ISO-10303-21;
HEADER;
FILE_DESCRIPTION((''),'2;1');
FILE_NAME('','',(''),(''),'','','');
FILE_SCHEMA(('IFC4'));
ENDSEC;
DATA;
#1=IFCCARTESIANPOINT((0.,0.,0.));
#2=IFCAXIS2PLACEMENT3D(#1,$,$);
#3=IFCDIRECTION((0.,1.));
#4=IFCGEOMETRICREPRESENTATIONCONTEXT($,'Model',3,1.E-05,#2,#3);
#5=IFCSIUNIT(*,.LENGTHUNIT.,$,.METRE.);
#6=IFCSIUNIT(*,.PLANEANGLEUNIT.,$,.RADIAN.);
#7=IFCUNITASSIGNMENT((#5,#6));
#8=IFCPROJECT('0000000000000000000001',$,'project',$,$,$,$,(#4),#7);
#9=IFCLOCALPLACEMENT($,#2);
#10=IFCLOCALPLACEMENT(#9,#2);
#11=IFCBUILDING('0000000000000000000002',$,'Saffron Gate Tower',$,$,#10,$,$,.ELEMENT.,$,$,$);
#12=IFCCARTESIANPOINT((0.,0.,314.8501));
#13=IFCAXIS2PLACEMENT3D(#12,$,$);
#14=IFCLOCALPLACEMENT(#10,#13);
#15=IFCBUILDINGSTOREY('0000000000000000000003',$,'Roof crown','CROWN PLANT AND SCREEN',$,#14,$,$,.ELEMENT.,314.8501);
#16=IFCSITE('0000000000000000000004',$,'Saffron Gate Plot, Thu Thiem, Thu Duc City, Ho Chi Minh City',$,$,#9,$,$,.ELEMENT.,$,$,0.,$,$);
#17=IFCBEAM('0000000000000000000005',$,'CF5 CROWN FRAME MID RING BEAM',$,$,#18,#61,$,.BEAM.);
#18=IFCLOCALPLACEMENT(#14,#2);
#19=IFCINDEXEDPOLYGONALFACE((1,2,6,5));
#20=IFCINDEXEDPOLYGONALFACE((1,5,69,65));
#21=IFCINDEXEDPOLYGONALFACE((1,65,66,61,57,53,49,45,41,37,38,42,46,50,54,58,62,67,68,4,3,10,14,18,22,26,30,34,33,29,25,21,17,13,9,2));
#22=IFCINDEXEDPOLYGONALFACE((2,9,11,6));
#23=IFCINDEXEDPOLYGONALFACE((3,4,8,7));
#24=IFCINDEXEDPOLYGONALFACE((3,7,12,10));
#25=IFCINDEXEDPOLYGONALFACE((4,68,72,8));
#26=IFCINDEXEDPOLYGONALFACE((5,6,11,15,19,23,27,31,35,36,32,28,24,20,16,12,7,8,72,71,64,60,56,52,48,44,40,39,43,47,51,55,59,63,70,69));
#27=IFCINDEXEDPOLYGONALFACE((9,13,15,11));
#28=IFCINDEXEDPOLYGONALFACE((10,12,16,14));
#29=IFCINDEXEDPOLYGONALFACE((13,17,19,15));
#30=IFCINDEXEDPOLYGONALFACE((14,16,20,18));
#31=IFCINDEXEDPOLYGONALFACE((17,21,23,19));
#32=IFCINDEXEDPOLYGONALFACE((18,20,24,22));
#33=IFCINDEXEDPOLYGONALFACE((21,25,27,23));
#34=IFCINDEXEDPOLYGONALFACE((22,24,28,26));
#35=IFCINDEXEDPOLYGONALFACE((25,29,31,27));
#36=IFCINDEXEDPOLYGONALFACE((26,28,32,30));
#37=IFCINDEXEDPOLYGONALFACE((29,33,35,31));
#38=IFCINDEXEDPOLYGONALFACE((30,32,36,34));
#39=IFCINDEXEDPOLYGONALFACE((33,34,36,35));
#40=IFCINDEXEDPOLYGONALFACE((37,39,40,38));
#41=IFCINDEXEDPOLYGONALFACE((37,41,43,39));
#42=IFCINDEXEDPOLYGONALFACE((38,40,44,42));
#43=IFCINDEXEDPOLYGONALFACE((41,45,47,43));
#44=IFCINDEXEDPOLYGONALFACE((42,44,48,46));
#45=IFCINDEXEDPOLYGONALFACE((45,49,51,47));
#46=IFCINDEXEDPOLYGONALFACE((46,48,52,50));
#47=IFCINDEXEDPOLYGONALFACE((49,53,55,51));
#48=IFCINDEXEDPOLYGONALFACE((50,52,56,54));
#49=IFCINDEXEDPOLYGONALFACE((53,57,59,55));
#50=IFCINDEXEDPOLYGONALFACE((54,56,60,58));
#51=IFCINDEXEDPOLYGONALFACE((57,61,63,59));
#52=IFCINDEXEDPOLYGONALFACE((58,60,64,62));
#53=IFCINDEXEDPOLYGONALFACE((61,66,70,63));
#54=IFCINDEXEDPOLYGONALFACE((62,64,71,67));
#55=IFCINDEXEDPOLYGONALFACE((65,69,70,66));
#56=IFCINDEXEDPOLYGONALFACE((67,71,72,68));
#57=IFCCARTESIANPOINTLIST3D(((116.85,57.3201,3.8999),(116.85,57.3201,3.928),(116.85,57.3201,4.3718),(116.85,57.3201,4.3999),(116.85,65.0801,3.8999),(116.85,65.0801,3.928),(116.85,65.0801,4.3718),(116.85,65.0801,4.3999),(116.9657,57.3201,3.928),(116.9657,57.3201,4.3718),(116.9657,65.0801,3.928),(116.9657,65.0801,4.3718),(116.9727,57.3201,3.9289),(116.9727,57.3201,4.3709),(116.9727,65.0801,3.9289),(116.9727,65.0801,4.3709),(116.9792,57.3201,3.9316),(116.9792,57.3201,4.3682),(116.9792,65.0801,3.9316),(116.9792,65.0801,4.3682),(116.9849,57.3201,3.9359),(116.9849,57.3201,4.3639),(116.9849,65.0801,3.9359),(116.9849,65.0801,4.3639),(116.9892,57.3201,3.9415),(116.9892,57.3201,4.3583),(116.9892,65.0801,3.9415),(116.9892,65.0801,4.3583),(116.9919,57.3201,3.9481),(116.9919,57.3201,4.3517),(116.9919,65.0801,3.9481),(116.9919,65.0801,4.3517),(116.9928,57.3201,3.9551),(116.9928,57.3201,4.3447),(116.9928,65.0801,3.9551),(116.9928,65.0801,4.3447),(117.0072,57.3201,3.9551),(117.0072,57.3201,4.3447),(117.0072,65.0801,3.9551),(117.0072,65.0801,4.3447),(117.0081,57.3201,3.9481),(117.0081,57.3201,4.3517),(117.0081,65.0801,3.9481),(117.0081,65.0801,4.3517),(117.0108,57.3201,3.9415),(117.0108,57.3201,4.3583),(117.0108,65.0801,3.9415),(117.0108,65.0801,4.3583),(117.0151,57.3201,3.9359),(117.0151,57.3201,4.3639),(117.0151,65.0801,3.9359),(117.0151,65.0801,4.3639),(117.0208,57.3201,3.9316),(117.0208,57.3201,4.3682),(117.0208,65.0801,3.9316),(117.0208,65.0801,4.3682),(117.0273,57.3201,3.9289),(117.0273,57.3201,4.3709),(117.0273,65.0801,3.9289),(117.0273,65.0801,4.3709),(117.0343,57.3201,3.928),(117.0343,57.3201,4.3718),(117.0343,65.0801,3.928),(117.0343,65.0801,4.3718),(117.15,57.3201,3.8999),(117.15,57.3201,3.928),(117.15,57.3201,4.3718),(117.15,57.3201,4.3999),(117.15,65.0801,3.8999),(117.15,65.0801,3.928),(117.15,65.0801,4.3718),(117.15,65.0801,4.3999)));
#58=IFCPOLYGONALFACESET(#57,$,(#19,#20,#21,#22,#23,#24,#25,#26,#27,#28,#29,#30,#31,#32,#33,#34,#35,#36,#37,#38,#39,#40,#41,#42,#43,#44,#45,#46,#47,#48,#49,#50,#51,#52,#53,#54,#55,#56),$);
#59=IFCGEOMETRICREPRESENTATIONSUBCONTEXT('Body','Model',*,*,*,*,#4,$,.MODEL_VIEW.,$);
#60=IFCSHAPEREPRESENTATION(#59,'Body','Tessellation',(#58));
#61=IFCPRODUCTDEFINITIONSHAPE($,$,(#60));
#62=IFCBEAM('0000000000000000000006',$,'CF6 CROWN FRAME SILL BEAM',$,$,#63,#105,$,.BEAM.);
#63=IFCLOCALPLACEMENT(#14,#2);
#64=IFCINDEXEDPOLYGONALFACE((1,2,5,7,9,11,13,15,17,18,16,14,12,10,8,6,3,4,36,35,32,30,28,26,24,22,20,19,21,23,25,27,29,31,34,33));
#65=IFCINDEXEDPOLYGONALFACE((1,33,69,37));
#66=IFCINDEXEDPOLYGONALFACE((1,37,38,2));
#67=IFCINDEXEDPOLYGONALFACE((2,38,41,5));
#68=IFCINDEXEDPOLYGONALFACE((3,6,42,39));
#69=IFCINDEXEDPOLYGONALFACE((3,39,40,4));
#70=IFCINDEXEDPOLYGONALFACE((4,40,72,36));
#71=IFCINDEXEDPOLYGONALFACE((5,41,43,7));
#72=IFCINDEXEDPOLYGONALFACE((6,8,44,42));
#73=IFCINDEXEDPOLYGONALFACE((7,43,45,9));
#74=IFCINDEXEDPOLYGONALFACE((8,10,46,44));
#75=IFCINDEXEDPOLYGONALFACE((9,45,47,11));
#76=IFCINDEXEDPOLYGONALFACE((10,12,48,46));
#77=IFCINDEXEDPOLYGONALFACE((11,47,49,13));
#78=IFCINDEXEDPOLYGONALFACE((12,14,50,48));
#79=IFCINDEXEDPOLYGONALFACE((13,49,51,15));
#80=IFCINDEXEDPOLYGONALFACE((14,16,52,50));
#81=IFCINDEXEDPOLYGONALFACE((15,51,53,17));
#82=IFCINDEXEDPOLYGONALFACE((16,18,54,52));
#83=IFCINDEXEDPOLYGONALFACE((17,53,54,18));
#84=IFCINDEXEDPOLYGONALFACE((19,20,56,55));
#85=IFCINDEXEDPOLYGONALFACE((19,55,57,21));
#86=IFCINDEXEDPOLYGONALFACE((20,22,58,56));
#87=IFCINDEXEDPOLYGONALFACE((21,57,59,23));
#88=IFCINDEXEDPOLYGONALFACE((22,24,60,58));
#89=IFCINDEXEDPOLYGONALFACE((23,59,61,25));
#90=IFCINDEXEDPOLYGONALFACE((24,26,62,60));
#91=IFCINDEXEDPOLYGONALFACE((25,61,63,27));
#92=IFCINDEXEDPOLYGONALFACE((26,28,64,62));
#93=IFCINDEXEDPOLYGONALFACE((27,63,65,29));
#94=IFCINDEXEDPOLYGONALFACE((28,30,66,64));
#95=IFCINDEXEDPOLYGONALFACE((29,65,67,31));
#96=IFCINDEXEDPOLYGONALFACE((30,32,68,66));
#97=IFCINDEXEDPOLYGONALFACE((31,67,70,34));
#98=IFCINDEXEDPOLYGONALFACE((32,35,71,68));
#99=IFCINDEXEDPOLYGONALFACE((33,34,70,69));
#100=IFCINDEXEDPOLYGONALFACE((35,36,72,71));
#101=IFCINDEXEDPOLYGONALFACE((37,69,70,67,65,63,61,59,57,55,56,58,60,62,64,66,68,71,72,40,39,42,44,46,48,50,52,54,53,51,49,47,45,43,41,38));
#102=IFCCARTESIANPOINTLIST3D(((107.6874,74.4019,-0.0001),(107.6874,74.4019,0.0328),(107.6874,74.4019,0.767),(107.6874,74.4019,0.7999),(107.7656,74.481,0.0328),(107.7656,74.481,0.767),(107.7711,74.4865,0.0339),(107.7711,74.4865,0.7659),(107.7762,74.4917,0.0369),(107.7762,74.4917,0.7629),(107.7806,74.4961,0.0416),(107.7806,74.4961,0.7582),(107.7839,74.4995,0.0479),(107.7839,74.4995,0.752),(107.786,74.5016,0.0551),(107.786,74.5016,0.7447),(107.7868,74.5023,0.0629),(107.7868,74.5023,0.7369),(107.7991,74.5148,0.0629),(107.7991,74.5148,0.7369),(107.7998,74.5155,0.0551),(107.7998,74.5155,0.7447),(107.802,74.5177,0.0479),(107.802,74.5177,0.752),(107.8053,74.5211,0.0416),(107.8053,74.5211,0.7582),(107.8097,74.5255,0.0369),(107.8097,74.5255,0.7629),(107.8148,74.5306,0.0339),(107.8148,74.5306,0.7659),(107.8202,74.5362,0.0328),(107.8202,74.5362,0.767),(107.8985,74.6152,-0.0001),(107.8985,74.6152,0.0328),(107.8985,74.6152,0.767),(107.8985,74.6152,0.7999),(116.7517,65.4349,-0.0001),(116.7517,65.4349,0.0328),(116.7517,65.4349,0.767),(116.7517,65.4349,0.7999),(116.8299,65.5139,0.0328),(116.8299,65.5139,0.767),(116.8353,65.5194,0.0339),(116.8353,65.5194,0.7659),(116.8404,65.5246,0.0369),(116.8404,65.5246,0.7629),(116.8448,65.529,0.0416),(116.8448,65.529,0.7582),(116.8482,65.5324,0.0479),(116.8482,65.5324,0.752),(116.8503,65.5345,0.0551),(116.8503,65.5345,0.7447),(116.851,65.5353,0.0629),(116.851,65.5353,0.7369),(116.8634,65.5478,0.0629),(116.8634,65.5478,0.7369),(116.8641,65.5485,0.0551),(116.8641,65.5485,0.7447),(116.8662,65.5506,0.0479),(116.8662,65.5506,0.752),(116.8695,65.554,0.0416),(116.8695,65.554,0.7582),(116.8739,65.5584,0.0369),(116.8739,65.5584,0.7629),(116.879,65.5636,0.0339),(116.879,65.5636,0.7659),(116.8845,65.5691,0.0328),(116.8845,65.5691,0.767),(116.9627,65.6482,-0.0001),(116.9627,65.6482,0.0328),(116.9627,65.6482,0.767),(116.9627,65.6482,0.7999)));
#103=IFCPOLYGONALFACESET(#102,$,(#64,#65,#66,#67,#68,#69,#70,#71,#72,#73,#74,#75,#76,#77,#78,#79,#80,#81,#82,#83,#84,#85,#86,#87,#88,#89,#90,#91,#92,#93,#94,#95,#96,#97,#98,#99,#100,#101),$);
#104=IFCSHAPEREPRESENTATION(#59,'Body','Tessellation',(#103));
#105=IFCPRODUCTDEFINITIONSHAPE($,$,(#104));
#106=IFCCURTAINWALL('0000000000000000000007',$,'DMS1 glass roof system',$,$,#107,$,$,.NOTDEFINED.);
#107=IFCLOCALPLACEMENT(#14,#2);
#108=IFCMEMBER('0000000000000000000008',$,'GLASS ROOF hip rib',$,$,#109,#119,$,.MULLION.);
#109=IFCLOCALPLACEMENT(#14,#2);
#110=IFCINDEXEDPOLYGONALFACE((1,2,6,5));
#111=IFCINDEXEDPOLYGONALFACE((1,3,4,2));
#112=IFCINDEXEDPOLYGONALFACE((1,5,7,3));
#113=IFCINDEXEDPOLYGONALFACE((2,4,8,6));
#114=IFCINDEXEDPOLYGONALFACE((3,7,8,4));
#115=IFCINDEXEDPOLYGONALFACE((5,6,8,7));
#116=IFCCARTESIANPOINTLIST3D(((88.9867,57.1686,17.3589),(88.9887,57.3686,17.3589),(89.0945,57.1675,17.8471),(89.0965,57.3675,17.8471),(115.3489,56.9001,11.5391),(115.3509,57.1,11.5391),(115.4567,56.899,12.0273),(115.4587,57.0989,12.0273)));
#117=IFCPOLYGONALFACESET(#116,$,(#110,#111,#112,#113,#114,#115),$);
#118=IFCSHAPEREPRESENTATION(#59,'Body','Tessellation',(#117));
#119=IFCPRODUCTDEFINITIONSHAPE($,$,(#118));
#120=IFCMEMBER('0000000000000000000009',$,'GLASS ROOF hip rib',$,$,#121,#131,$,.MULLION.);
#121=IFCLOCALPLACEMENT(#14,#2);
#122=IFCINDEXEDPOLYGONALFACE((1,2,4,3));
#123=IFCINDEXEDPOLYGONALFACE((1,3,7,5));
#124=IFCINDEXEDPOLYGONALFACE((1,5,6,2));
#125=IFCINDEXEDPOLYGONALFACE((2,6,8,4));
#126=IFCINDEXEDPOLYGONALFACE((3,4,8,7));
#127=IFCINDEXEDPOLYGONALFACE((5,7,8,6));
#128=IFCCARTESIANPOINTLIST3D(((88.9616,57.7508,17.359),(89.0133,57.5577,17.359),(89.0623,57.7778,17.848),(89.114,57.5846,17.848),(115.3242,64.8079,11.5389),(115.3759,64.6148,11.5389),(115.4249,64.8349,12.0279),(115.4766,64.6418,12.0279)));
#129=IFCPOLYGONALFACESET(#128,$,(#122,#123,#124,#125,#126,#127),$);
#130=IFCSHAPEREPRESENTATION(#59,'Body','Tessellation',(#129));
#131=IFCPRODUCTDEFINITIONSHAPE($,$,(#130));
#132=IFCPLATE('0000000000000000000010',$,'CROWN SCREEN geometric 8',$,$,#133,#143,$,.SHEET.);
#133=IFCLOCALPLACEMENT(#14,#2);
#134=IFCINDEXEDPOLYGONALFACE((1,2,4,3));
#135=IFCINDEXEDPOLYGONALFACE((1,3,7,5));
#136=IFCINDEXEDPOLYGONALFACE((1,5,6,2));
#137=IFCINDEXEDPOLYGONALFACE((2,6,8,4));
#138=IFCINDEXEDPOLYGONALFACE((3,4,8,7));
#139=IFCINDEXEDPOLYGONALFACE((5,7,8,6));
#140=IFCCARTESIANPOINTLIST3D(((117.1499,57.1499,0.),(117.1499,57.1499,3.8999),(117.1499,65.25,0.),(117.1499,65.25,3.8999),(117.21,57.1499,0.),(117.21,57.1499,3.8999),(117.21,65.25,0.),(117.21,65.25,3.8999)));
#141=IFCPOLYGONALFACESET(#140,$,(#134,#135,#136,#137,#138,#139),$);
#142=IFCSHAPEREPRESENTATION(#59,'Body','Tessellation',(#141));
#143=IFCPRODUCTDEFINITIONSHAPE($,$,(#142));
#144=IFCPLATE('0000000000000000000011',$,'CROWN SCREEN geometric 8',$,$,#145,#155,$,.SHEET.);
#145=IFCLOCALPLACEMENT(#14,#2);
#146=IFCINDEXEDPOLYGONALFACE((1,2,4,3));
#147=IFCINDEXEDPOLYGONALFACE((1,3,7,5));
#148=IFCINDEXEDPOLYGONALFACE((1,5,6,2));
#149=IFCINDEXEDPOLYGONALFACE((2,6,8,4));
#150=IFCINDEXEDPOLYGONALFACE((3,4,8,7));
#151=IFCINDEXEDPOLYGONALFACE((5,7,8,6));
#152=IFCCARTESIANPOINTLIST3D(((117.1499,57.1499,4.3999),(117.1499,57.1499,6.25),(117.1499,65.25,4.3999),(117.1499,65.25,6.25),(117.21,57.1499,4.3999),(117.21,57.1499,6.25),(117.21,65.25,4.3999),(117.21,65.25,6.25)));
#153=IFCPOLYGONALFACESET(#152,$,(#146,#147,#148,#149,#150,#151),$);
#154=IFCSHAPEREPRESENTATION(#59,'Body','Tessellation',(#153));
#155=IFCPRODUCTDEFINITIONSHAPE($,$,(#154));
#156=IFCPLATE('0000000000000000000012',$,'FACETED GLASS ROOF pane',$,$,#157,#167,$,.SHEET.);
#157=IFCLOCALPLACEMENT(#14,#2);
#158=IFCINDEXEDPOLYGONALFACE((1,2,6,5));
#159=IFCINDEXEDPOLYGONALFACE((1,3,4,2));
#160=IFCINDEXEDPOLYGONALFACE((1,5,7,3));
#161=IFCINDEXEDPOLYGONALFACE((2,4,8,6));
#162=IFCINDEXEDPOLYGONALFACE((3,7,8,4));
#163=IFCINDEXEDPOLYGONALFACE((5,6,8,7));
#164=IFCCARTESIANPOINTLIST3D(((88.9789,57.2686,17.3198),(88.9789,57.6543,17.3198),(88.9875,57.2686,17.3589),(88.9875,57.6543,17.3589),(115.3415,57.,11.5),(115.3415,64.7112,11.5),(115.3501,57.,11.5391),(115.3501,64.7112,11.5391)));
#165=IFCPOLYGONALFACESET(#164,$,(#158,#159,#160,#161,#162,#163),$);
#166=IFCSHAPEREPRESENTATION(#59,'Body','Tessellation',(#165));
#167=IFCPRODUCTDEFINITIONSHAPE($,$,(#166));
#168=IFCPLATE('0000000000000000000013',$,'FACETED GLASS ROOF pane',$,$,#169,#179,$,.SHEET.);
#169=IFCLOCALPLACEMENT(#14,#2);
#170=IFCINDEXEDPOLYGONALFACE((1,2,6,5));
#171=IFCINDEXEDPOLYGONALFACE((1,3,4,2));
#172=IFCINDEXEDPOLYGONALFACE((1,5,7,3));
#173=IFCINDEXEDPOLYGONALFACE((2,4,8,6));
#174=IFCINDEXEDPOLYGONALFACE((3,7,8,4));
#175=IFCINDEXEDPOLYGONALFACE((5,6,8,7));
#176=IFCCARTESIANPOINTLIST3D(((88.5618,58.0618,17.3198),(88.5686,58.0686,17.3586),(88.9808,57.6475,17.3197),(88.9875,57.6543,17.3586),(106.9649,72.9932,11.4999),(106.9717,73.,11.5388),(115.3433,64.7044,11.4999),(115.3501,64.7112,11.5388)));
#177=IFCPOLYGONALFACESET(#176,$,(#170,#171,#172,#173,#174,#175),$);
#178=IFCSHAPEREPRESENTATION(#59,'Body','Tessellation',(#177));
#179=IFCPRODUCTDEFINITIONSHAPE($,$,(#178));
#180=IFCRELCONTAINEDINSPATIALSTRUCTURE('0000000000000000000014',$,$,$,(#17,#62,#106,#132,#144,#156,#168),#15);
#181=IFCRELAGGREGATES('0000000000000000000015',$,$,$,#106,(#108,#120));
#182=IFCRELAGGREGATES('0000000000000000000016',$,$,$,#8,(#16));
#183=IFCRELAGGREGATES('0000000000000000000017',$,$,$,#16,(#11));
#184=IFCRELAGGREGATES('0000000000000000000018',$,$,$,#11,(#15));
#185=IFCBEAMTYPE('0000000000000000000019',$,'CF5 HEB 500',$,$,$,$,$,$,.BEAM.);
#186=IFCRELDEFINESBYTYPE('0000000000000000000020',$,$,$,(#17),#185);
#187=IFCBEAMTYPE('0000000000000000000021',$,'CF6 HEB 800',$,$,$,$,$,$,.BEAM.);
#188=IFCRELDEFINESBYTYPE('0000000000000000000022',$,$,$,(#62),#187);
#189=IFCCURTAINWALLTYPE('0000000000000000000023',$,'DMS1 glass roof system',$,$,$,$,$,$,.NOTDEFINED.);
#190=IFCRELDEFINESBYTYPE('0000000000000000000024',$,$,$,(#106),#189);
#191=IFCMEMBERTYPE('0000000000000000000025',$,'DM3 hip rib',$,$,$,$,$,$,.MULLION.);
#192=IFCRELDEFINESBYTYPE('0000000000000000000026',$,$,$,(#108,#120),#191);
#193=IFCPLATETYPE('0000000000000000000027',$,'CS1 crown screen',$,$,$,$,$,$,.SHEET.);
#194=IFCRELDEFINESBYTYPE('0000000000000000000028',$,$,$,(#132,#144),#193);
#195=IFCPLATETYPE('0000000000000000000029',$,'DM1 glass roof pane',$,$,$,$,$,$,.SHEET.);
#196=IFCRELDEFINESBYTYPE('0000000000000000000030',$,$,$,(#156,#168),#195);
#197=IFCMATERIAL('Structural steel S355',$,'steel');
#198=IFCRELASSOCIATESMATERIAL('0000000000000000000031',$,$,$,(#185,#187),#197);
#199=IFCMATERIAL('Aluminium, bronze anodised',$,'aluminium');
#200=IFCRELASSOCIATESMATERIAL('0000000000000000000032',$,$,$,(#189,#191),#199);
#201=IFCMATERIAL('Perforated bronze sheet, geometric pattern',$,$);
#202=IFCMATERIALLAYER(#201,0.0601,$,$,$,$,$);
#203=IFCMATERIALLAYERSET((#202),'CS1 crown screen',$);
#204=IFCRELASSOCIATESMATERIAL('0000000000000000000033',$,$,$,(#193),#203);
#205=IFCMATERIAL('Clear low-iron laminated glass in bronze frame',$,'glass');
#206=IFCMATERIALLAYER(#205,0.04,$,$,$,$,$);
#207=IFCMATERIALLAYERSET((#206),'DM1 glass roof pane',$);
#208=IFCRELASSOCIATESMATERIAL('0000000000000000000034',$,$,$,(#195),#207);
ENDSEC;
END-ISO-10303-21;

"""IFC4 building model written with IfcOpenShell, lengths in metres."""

from ifc_helpers import new_model, si_unit, direction, frame, origin, origin_2d, place, context, subcontext, project, spatial, polyline, rectangle, i_section, outline, extrude, material, layer, layer_set, material_profile, profile_set, type_object, element, aggregate, save


model = new_model("IFC4")

# Units and contexts
model_context = context("Model", 3, precision=1e-05, world=origin(), true_north=direction((0.0, 1.0)))
body_context = subcontext(model_context, "Body", "Model", "MODEL_VIEW")
ifc_project = project(units=[si_unit("LENGTHUNIT", "METRE"), si_unit("PLANEANGLEUNIT", "RADIAN")], contexts=[model_context])

# Site, building, storey
site_placement = place(None, origin())
site = spatial("IfcSite", under=ifc_project, at=site_placement, Name="Saffron Gate Plot, Thu Thiem, Thu Duc City, Ho Chi Minh City", CompositionType="ELEMENT", RefElevation=0.0)
building_placement = place(site_placement, origin())
building = spatial("IfcBuilding", under=site, at=building_placement, Name="Saffron Gate Tower", CompositionType="ELEMENT")
storey_placement = place(building_placement, frame((0.0, 0.0, 314.8501)))
storey = spatial("IfcBuildingStorey", under=building, at=storey_placement, Name="Roof crown", Description="CROWN PLANT AND SCREEN", CompositionType="ELEMENT", Elevation=314.8501)

# Shared definitions
ifc_material_1 = material(Name="Structural steel S355", Category="steel")

# Beams
ifc_material_profile_1 = material_profile(ifc_material_1, i_section(OverallWidth=0.3, OverallDepth=0.5, WebThickness=0.0144, FlangeThickness=0.0281, FilletRadius=0.0271, at=origin_2d()))
ifc_profile_set_1 = profile_set([ifc_material_profile_1], Name="Structural steel S355")
beam_type_1 = type_object("IfcBeamType", Name="CF5 HEB 500", PredefinedType="BEAM", material=ifc_profile_set_1)
beam_1_placement = place(storey_placement, frame((117.0, 57.3201, 4.1499), z_axis=(0.0, 1.0, 0.0), x_axis=(-1.0, 0.0, 0.0)))
element("IfcBeam", 1, at=beam_1_placement, inside=storey, type_object=beam_type_1, Name="CF5 CROWN FRAME MID RING BEAM", PredefinedType="BEAM", context=body_context, shape_type="SweptSolid", body=[
    extrude(i_section(OverallWidth=0.3, OverallDepth=0.5, WebThickness=0.0144, FlangeThickness=0.0281, FilletRadius=0.0271, at=origin_2d()), origin(), (0.0, 0.0, 1.0), 7.76),
])
ifc_material_profile_2 = material_profile(ifc_material_1, i_section(OverallWidth=0.3, OverallDepth=0.8, WebThickness=0.0176, FlangeThickness=0.033, FilletRadius=0.03, at=origin_2d()))
ifc_profile_set_2 = profile_set([ifc_material_profile_2], Name="Structural steel S355")
beam_type_2 = type_object("IfcBeamType", Name="CF6 HEB 800", PredefinedType="BEAM", material=ifc_profile_set_2)
beam_2_placement = place(storey_placement, frame((116.8572, 65.5415, 0.3999), z_axis=(-0.710907, 0.703286, 0.0), x_axis=(-0.703286, -0.710907, 0.0)))
element("IfcBeam", 2, at=beam_2_placement, inside=storey, type_object=beam_type_2, Name="CF6 CROWN FRAME SILL BEAM", PredefinedType="BEAM", context=body_context, shape_type="SweptSolid", body=[
    extrude(i_section(OverallWidth=0.3, OverallDepth=0.8, WebThickness=0.0176, FlangeThickness=0.033, FilletRadius=0.03, at=origin_2d()), origin(), (0.0, 0.0, 1.0), 12.7502),
])

# Curtain wall, members
ifc_material_2 = material(Name="Aluminium, bronze anodised", Category="aluminium")
curtain_wall_type = type_object("IfcCurtainWallType", Name="DMS1 glass roof system", PredefinedType="NOTDEFINED", material=ifc_material_2)
curtain_wall_placement = place(storey_placement, origin())
curtain_wall = element("IfcCurtainWall", 3, at=curtain_wall_placement, inside=storey, type_object=curtain_wall_type, Name="DMS1 glass roof system", PredefinedType="NOTDEFINED")
ifc_material_profile_3 = material_profile(ifc_material_2, rectangle(XDim=0.2, YDim=0.5, at=origin_2d()))
ifc_profile_set_3 = profile_set([ifc_material_profile_3], Name="Aluminium, bronze anodised")
member_type_1 = type_object("IfcMemberType", Name="DM3 hip rib", PredefinedType="MULLION", material=ifc_profile_set_3)
member_1_placement = place(storey_placement, frame((115.4038, 56.9995, 11.7832), z_axis=(-0.97644, 0.009947, 0.215562), x_axis=(-0.010187, -0.999948, 0.0)))
member_1 = element("IfcMember", 4, at=member_1_placement, type_object=member_type_1, Name="GLASS ROOF hip rib", PredefinedType="MULLION", context=body_context, shape_type="SweptSolid", body=[
    extrude(rectangle(XDim=0.2, YDim=0.5, at=origin_2d()), origin(), (0.0, 0.0, 1.0), 26.9983),
])
member_2_placement = place(storey_placement, frame((115.4004, 64.7249, 11.7834), z_axis=(-0.944742, -0.252903, 0.208571), x_axis=(0.25859, -0.965987, 0.0)))
member_2 = element("IfcMember", 5, at=member_2_placement, type_object=member_type_1, Name="GLASS ROOF hip rib", PredefinedType="MULLION", context=body_context, shape_type="SweptSolid", body=[
    extrude(rectangle(XDim=0.2, YDim=0.5, at=origin_2d()), origin(), (0.0, 0.0, 1.0), 27.9045),
])
aggregate(curtain_wall, [member_1, member_2])

# Plates
ifc_material_3 = material(Name="Perforated bronze sheet, geometric pattern")
ifc_layer_1 = layer(ifc_material_3, 0.0601)
ifc_layer_set_1 = layer_set([ifc_layer_1], Name="CS1 crown screen")
plate_type_1 = type_object("IfcPlateType", Name="CS1 crown screen", PredefinedType="SHEET", material=ifc_layer_set_1)
plate_1_placement = place(storey_placement, frame((117.1799, 61.2, 0.0), z_axis=(0.0, 0.0, 1.0), x_axis=(0.0, 1.0, 0.0)))
element("IfcPlate", 6, at=plate_1_placement, inside=storey, type_object=plate_type_1, Name="CROWN SCREEN geometric 8", PredefinedType="SHEET", context=body_context, shape_type="SweptSolid", body=[
    extrude(rectangle(XDim=8.1001, YDim=0.0601, at=origin_2d()), origin(), (0.0, 0.0, 1.0), 3.8999),
])
plate_2_placement = place(storey_placement, frame((117.1799, 61.2, 4.3999), z_axis=(0.0, 0.0, 1.0), x_axis=(0.0, 1.0, 0.0)))
element("IfcPlate", 7, at=plate_2_placement, inside=storey, type_object=plate_type_1, Name="CROWN SCREEN geometric 8", PredefinedType="SHEET", context=body_context, shape_type="SweptSolid", body=[
    extrude(rectangle(XDim=8.1001, YDim=0.0601, at=origin_2d()), origin(), (0.0, 0.0, 1.0), 1.8501),
])
ifc_material_4 = material(Name="Clear low-iron laminated glass in bronze frame", Category="glass")
ifc_layer_2 = layer(ifc_material_4, 0.04)
ifc_layer_set_2 = layer_set([ifc_layer_2], Name="DM1 glass roof pane")
plate_type_2 = type_object("IfcPlateType", Name="DM1 glass roof pane", PredefinedType="SHEET", material=ifc_layer_set_2)
plate_3_placement = place(storey_placement, frame((115.3501, 57.0, 11.5391), z_axis=(0.215571, 0.0, 0.976488), x_axis=(0.0, 1.0, 0.0)))
element("IfcPlate", 8, at=plate_3_placement, inside=storey, type_object=plate_type_2, Name="FACETED GLASS ROOF pane", PredefinedType="SHEET", context=body_context, shape_type="SweptSolid", body=[
    extrude(outline(polyline([(0.0, 0.0), (7.7112, 0.0), (0.6543, 26.9973), (0.2686, 26.9973), (0.0, 0.0)])), origin(), (0.0, 0.0, -1.0), 0.04),
])
plate_4_placement = place(storey_placement, frame((115.3501, 64.7112, 11.5388), z_axis=(0.168676, 0.170502, 0.970813), x_axis=(-0.710898, 0.703295, -0.000002)))
element("IfcPlate", 9, at=plate_4_placement, inside=storey, type_object=plate_type_2, Name="FACETED GLASS ROOF pane", PredefinedType="SHEET", context=body_context, shape_type="SweptSolid", body=[
    extrude(outline(polyline([(0.0, 0.0), (11.7857, 0.0), (14.3672, 24.2657), (13.778, 24.2656), (0.0, 0.0)])), origin(), (0.0, 0.0, -1.0), 0.04),
])

save(model, "model.ifc")
